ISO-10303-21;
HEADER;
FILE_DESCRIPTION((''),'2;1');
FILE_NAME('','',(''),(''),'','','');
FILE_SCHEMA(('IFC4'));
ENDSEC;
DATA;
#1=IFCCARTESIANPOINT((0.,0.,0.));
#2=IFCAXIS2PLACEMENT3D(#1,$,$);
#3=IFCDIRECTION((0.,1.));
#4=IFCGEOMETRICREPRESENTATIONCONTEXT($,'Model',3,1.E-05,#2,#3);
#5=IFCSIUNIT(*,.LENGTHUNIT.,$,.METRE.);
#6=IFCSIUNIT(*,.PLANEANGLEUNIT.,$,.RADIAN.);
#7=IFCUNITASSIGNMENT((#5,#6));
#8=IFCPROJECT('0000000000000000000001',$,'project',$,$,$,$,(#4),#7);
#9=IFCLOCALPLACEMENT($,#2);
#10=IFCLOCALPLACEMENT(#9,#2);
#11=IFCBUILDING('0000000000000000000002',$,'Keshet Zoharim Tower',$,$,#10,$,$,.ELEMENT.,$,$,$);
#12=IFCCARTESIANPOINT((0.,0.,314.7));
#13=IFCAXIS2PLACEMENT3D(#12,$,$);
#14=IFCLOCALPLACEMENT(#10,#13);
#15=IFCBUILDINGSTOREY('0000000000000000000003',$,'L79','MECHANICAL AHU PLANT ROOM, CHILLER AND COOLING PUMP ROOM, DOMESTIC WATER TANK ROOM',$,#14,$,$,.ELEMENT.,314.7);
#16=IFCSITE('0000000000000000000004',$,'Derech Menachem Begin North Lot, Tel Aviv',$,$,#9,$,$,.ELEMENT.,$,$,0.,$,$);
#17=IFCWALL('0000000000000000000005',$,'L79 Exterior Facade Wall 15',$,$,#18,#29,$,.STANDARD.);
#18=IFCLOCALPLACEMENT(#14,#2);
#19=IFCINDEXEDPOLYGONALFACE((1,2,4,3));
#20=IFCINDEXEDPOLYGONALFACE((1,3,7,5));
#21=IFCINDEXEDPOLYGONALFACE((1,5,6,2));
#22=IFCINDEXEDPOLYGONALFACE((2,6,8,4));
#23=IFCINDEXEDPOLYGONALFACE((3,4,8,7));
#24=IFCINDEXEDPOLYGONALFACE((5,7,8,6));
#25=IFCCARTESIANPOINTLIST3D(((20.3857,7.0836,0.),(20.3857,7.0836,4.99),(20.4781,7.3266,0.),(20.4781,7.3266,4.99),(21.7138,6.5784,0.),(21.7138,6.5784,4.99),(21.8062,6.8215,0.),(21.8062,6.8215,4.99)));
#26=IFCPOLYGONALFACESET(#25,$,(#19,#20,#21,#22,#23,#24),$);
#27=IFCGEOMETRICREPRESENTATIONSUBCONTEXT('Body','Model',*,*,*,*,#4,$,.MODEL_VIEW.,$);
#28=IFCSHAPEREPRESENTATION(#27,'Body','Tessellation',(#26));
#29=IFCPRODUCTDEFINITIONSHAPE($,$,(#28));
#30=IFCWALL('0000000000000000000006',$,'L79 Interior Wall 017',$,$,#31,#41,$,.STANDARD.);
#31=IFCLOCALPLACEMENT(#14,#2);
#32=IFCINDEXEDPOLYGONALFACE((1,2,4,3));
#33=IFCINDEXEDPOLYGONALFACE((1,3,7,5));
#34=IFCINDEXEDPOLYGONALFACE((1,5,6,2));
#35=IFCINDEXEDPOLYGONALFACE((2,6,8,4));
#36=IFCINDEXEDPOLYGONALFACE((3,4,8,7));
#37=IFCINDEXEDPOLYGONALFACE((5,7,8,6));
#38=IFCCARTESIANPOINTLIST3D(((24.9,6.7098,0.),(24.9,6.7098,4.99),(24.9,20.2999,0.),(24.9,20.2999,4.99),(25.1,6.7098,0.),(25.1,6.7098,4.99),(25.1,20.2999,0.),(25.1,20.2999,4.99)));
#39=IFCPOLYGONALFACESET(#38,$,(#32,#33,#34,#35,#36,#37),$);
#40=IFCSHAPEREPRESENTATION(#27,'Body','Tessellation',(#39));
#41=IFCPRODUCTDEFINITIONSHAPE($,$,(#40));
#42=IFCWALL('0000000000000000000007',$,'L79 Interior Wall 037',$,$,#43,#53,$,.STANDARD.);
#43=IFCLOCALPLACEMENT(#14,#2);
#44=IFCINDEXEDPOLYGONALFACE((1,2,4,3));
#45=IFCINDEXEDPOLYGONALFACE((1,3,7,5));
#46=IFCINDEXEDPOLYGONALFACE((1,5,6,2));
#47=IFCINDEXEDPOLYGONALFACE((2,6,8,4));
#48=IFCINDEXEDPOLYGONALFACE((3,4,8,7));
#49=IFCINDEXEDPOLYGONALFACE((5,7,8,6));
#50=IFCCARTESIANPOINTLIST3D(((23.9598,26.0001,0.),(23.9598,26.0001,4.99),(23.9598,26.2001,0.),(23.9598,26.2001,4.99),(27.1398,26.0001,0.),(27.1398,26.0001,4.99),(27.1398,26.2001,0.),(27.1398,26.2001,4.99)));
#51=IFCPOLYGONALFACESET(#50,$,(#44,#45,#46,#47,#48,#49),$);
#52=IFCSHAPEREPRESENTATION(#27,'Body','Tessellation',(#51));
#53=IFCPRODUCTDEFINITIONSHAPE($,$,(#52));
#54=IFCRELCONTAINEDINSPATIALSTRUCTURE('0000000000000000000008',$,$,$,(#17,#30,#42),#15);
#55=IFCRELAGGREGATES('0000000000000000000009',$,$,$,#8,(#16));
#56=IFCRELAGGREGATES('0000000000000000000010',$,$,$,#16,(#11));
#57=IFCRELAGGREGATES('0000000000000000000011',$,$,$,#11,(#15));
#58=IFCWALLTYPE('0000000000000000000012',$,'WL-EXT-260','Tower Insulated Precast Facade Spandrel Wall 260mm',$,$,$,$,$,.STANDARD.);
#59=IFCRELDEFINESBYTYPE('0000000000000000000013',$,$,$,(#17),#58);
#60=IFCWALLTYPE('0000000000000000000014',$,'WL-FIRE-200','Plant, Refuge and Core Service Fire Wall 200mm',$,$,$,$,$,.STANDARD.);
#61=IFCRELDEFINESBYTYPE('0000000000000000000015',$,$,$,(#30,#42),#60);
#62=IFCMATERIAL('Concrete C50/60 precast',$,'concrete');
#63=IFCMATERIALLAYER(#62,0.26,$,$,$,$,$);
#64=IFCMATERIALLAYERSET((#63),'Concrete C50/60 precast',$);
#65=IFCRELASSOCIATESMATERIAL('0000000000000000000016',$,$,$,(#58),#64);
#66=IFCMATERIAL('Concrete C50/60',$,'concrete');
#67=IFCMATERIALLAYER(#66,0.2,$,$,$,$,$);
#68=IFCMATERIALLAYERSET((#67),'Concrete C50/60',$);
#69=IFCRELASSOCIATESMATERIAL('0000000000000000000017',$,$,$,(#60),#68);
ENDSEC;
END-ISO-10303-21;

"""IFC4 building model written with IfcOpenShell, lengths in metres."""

from ifc_helpers import new_model, si_unit, direction, frame, frame_2d, origin, place, context, subcontext, project, spatial, rectangle, extrude, material, layer, layer_set, type_object, element, save


model = new_model("IFC4")

# Units and contexts
model_context = context("Model", 3, precision=1e-05, world=origin(), true_north=direction((0.0, 1.0)))
body_context = subcontext(model_context, "Body", "Model", "MODEL_VIEW")
ifc_project = project(units=[si_unit("LENGTHUNIT", "METRE"), si_unit("PLANEANGLEUNIT", "RADIAN")], contexts=[model_context])

# Site, building, storey
site_placement = place(None, origin())
site = spatial("IfcSite", under=ifc_project, at=site_placement, Name="Derech Menachem Begin North Lot, Tel Aviv", CompositionType="ELEMENT", RefElevation=0.0)
building_placement = place(site_placement, origin())
building = spatial("IfcBuilding", under=site, at=building_placement, Name="Keshet Zoharim Tower", CompositionType="ELEMENT")
storey_placement = place(building_placement, frame((0.0, 0.0, 314.7)))
storey = spatial("IfcBuildingStorey", under=building, at=storey_placement, Name="L79", Description="MECHANICAL AHU PLANT ROOM, CHILLER AND COOLING PUMP ROOM, DOMESTIC WATER TANK ROOM", CompositionType="ELEMENT", Elevation=314.7)

# Walls
ifc_material_1 = material(Name="Concrete C50/60 precast", Category="concrete")
ifc_layer_1 = layer(ifc_material_1, 0.26)
ifc_layer_set_1 = layer_set([ifc_layer_1], Name="Concrete C50/60 precast")
wall_type_1 = type_object("IfcWallType", Name="WL-EXT-260", Description="Tower Insulated Precast Facade Spandrel Wall 260mm", PredefinedType="STANDARD", material=ifc_layer_set_1)
wall_1_placement = place(storey_placement, frame((21.76, 6.7, 0.0), z_axis=(0.0, 0.0, 1.0), x_axis=(-0.934681, 0.355488, 0.0)))
element("IfcWall", 1, at=wall_1_placement, inside=storey, type_object=wall_type_1, Name="L79 Exterior Facade Wall 15", PredefinedType="STANDARD", context=body_context, shape_type="SweptSolid", body=[
    extrude(rectangle(XDim=1.4209, YDim=0.26, at=frame_2d((0.7104, 0.0))), origin(), (0.0, 0.0, 1.0), 4.99),
])
ifc_material_2 = material(Name="Concrete C50/60", Category="concrete")
ifc_layer_2 = layer(ifc_material_2, 0.2)
ifc_layer_set_2 = layer_set([ifc_layer_2], Name="Concrete C50/60")
wall_type_2 = type_object("IfcWallType", Name="WL-FIRE-200", Description="Plant, Refuge and Core Service Fire Wall 200mm", PredefinedType="STANDARD", material=ifc_layer_set_2)
wall_2_placement = place(storey_placement, frame((25.0, 6.71, 0.0), z_axis=(0.0, 0.0, 1.0), x_axis=(0.0, 1.0, 0.0)))
element("IfcWall", 2, at=wall_2_placement, inside=storey, type_object=wall_type_2, Name="L79 Interior Wall 017", PredefinedType="STANDARD", context=body_context, shape_type="SweptSolid", body=[
    extrude(rectangle(XDim=13.5901, YDim=0.2, at=frame_2d((6.7949, 0.0))), origin(), (0.0, 0.0, 1.0), 4.99),
])
wall_3_placement = place(storey_placement, frame((23.96, 26.1001, 0.0), z_axis=(0.0, 0.0, 1.0), x_axis=(1.0, 0.0, 0.0)))
element("IfcWall", 3, at=wall_3_placement, inside=storey, type_object=wall_type_2, Name="L79 Interior Wall 037", PredefinedType="STANDARD", context=body_context, shape_type="SweptSolid", body=[
    extrude(rectangle(XDim=3.1799, YDim=0.2, at=frame_2d((1.5898, 0.0))), origin(), (0.0, 0.0, 1.0), 4.99),
])

save(model, "model.ifc")
